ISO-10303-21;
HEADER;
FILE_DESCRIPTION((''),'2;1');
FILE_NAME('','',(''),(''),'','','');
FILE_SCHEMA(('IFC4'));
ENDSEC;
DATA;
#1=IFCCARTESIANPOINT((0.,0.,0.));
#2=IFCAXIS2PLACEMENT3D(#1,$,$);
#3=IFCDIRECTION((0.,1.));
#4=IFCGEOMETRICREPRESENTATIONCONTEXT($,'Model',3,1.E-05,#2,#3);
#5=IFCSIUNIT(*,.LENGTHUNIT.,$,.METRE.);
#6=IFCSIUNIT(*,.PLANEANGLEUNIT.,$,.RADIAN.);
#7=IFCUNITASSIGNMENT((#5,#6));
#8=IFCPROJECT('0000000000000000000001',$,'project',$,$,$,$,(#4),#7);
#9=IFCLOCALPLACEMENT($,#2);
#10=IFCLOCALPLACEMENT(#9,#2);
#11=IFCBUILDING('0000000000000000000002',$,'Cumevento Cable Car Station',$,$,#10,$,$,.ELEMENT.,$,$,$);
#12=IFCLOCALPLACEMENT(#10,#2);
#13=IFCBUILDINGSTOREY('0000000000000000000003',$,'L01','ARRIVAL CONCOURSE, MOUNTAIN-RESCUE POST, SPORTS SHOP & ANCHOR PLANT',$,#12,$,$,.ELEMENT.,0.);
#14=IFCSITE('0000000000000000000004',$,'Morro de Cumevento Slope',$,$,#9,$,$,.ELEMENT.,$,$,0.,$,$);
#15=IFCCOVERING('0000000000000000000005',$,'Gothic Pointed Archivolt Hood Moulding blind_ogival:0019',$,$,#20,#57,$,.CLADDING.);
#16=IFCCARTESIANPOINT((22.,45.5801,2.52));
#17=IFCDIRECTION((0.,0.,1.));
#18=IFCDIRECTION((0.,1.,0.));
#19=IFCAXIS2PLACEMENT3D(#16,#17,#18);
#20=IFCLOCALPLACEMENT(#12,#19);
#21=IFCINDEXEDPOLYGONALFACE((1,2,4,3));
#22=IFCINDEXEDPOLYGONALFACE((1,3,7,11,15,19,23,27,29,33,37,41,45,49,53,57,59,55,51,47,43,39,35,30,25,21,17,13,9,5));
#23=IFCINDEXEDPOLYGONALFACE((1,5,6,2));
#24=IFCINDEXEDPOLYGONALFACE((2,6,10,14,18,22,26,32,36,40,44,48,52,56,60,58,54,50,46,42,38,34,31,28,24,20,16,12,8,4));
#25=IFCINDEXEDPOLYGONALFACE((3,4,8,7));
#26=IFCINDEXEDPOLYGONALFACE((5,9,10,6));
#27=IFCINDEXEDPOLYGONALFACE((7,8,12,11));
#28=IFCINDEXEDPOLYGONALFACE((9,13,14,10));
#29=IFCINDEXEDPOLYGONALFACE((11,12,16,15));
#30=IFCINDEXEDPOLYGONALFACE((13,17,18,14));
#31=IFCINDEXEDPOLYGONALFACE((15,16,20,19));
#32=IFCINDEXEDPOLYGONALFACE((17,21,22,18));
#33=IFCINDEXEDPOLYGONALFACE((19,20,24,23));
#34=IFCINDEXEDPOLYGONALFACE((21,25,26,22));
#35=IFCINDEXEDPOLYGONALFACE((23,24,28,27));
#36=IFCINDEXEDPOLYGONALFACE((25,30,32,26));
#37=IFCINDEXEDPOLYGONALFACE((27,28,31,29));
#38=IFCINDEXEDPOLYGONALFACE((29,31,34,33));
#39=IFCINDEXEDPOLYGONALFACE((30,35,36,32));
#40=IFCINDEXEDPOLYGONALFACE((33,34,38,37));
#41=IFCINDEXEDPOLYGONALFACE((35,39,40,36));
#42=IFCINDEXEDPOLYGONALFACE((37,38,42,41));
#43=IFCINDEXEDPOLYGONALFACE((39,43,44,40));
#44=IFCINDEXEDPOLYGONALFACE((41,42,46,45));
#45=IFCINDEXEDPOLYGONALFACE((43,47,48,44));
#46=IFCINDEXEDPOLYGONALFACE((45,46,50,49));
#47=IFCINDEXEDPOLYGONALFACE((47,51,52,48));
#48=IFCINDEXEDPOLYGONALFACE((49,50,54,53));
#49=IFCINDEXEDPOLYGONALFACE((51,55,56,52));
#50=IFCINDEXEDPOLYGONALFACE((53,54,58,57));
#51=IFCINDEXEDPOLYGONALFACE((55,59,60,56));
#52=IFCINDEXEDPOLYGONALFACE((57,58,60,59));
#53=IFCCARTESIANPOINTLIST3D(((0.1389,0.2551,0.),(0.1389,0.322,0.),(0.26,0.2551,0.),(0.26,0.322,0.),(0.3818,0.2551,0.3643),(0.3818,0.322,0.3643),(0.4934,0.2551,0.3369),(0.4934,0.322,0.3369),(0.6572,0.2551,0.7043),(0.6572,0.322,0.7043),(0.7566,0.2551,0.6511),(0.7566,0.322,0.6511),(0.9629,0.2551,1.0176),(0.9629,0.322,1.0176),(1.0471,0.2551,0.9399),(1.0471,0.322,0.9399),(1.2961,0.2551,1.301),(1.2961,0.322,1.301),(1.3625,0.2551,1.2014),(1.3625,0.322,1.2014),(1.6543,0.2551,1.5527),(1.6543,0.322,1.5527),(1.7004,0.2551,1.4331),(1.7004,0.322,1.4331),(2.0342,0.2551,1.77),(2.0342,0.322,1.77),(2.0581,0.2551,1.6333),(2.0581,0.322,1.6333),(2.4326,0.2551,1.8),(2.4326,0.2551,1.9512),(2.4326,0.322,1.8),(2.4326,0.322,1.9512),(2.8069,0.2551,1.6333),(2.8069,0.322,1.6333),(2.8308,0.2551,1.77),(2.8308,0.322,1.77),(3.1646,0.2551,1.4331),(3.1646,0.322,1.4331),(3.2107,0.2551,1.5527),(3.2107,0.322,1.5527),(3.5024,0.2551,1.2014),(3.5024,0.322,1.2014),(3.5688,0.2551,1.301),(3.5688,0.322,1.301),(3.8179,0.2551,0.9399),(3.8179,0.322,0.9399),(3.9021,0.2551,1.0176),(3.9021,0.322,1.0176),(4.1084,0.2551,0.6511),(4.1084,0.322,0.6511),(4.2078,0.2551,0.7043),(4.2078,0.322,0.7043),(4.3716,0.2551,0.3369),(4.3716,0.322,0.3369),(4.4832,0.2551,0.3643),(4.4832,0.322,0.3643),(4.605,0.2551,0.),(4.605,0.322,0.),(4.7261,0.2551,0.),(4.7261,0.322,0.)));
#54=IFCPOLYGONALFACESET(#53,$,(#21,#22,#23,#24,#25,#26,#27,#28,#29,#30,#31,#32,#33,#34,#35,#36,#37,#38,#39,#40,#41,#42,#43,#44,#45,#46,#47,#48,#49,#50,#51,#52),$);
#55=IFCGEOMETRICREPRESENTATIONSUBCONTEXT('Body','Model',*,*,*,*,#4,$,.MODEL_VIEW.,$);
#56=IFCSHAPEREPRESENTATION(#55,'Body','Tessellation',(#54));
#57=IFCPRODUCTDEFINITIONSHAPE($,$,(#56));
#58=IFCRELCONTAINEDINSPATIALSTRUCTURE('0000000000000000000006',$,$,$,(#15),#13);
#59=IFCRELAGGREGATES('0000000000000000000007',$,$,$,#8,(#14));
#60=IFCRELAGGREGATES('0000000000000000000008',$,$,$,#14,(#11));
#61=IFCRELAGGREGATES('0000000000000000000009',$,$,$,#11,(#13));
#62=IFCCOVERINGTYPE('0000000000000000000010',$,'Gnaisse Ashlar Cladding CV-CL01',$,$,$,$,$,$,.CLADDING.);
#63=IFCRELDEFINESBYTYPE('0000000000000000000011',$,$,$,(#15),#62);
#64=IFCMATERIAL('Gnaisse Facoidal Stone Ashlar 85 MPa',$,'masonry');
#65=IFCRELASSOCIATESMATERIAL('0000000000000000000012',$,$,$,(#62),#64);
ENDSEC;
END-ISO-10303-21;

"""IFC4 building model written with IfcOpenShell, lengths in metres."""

from ifc_helpers import new_model, si_unit, direction, frame, origin, place, context, subcontext, project, spatial, polyline, outline, extrude, material, type_object, element, save


model = new_model("IFC4")

# Units and contexts
model_context = context("Model", 3, precision=1e-05, world=origin(), true_north=direction((0.0, 1.0)))
body_context = subcontext(model_context, "Body", "Model", "MODEL_VIEW")
ifc_project = project(units=[si_unit("LENGTHUNIT", "METRE"), si_unit("PLANEANGLEUNIT", "RADIAN")], contexts=[model_context])

# Site, building, storey
site_placement = place(None, origin())
site = spatial("IfcSite", under=ifc_project, at=site_placement, Name="Morro de Cumevento Slope", CompositionType="ELEMENT", RefElevation=0.0)
building_placement = place(site_placement, origin())
building = spatial("IfcBuilding", under=site, at=building_placement, Name="Cumevento Cable Car Station", CompositionType="ELEMENT")
storey_placement = place(building_placement, origin())
storey = spatial("IfcBuildingStorey", under=building, at=storey_placement, Name="L01", Description="ARRIVAL CONCOURSE, MOUNTAIN-RESCUE POST, SPORTS SHOP & ANCHOR PLANT", CompositionType="ELEMENT", Elevation=0.0)

# Covering
ifc_material_1 = material(Name="Gnaisse Facoidal Stone Ashlar 85 MPa", Category="masonry")
covering_type = type_object("IfcCoveringType", Name="Gnaisse Ashlar Cladding CV-CL01", PredefinedType="CLADDING", material=ifc_material_1)
covering_1_placement = place(storey_placement, frame((22.0, 45.5801, 2.52), z_axis=(0.0, 0.0, 1.0), x_axis=(0.0, 1.0, 0.0)))
element("IfcCovering", 1, at=covering_1_placement, inside=storey, type_object=covering_type, Name="Gothic Pointed Archivolt Hood Moulding blind_ogival:0019", PredefinedType="CLADDING", context=body_context, shape_type="SweptSolid", body=[
    extrude(outline(polyline([(0.26, 0.0), (0.4934, 0.3369), (0.7566, 0.6511), (1.0471, 0.9399), (1.3625, 1.2014), (1.7004, 1.4331), (2.0581, 1.6333), (2.4326, 1.8), (2.8069, 1.6333), (3.1646, 1.4331), (3.5024, 1.2014), (3.8179, 0.9399), (4.1084, 0.6511), (4.3716, 0.3369), (4.605, 0.0), (4.7261, 0.0), (4.4832, 0.3643), (4.2078, 0.7043), (3.9021, 1.0176), (3.5688, 1.301), (3.2107, 1.5527), (2.8308, 1.77), (2.4326, 1.9512), (2.0342, 1.77), (1.6543, 1.5527), (1.2961, 1.301), (0.9629, 1.0176), (0.6572, 0.7043), (0.3818, 0.3643), (0.1389, 0.0), (0.26, 0.0)])), frame((0.0, 0.322, 0.0), z_axis=(0.0, -1.0, 0.0), x_axis=(1.0, 0.0, 0.0)), (0.0, 0.0, 1.0), 0.0669),
])

save(model, "model.ifc")
